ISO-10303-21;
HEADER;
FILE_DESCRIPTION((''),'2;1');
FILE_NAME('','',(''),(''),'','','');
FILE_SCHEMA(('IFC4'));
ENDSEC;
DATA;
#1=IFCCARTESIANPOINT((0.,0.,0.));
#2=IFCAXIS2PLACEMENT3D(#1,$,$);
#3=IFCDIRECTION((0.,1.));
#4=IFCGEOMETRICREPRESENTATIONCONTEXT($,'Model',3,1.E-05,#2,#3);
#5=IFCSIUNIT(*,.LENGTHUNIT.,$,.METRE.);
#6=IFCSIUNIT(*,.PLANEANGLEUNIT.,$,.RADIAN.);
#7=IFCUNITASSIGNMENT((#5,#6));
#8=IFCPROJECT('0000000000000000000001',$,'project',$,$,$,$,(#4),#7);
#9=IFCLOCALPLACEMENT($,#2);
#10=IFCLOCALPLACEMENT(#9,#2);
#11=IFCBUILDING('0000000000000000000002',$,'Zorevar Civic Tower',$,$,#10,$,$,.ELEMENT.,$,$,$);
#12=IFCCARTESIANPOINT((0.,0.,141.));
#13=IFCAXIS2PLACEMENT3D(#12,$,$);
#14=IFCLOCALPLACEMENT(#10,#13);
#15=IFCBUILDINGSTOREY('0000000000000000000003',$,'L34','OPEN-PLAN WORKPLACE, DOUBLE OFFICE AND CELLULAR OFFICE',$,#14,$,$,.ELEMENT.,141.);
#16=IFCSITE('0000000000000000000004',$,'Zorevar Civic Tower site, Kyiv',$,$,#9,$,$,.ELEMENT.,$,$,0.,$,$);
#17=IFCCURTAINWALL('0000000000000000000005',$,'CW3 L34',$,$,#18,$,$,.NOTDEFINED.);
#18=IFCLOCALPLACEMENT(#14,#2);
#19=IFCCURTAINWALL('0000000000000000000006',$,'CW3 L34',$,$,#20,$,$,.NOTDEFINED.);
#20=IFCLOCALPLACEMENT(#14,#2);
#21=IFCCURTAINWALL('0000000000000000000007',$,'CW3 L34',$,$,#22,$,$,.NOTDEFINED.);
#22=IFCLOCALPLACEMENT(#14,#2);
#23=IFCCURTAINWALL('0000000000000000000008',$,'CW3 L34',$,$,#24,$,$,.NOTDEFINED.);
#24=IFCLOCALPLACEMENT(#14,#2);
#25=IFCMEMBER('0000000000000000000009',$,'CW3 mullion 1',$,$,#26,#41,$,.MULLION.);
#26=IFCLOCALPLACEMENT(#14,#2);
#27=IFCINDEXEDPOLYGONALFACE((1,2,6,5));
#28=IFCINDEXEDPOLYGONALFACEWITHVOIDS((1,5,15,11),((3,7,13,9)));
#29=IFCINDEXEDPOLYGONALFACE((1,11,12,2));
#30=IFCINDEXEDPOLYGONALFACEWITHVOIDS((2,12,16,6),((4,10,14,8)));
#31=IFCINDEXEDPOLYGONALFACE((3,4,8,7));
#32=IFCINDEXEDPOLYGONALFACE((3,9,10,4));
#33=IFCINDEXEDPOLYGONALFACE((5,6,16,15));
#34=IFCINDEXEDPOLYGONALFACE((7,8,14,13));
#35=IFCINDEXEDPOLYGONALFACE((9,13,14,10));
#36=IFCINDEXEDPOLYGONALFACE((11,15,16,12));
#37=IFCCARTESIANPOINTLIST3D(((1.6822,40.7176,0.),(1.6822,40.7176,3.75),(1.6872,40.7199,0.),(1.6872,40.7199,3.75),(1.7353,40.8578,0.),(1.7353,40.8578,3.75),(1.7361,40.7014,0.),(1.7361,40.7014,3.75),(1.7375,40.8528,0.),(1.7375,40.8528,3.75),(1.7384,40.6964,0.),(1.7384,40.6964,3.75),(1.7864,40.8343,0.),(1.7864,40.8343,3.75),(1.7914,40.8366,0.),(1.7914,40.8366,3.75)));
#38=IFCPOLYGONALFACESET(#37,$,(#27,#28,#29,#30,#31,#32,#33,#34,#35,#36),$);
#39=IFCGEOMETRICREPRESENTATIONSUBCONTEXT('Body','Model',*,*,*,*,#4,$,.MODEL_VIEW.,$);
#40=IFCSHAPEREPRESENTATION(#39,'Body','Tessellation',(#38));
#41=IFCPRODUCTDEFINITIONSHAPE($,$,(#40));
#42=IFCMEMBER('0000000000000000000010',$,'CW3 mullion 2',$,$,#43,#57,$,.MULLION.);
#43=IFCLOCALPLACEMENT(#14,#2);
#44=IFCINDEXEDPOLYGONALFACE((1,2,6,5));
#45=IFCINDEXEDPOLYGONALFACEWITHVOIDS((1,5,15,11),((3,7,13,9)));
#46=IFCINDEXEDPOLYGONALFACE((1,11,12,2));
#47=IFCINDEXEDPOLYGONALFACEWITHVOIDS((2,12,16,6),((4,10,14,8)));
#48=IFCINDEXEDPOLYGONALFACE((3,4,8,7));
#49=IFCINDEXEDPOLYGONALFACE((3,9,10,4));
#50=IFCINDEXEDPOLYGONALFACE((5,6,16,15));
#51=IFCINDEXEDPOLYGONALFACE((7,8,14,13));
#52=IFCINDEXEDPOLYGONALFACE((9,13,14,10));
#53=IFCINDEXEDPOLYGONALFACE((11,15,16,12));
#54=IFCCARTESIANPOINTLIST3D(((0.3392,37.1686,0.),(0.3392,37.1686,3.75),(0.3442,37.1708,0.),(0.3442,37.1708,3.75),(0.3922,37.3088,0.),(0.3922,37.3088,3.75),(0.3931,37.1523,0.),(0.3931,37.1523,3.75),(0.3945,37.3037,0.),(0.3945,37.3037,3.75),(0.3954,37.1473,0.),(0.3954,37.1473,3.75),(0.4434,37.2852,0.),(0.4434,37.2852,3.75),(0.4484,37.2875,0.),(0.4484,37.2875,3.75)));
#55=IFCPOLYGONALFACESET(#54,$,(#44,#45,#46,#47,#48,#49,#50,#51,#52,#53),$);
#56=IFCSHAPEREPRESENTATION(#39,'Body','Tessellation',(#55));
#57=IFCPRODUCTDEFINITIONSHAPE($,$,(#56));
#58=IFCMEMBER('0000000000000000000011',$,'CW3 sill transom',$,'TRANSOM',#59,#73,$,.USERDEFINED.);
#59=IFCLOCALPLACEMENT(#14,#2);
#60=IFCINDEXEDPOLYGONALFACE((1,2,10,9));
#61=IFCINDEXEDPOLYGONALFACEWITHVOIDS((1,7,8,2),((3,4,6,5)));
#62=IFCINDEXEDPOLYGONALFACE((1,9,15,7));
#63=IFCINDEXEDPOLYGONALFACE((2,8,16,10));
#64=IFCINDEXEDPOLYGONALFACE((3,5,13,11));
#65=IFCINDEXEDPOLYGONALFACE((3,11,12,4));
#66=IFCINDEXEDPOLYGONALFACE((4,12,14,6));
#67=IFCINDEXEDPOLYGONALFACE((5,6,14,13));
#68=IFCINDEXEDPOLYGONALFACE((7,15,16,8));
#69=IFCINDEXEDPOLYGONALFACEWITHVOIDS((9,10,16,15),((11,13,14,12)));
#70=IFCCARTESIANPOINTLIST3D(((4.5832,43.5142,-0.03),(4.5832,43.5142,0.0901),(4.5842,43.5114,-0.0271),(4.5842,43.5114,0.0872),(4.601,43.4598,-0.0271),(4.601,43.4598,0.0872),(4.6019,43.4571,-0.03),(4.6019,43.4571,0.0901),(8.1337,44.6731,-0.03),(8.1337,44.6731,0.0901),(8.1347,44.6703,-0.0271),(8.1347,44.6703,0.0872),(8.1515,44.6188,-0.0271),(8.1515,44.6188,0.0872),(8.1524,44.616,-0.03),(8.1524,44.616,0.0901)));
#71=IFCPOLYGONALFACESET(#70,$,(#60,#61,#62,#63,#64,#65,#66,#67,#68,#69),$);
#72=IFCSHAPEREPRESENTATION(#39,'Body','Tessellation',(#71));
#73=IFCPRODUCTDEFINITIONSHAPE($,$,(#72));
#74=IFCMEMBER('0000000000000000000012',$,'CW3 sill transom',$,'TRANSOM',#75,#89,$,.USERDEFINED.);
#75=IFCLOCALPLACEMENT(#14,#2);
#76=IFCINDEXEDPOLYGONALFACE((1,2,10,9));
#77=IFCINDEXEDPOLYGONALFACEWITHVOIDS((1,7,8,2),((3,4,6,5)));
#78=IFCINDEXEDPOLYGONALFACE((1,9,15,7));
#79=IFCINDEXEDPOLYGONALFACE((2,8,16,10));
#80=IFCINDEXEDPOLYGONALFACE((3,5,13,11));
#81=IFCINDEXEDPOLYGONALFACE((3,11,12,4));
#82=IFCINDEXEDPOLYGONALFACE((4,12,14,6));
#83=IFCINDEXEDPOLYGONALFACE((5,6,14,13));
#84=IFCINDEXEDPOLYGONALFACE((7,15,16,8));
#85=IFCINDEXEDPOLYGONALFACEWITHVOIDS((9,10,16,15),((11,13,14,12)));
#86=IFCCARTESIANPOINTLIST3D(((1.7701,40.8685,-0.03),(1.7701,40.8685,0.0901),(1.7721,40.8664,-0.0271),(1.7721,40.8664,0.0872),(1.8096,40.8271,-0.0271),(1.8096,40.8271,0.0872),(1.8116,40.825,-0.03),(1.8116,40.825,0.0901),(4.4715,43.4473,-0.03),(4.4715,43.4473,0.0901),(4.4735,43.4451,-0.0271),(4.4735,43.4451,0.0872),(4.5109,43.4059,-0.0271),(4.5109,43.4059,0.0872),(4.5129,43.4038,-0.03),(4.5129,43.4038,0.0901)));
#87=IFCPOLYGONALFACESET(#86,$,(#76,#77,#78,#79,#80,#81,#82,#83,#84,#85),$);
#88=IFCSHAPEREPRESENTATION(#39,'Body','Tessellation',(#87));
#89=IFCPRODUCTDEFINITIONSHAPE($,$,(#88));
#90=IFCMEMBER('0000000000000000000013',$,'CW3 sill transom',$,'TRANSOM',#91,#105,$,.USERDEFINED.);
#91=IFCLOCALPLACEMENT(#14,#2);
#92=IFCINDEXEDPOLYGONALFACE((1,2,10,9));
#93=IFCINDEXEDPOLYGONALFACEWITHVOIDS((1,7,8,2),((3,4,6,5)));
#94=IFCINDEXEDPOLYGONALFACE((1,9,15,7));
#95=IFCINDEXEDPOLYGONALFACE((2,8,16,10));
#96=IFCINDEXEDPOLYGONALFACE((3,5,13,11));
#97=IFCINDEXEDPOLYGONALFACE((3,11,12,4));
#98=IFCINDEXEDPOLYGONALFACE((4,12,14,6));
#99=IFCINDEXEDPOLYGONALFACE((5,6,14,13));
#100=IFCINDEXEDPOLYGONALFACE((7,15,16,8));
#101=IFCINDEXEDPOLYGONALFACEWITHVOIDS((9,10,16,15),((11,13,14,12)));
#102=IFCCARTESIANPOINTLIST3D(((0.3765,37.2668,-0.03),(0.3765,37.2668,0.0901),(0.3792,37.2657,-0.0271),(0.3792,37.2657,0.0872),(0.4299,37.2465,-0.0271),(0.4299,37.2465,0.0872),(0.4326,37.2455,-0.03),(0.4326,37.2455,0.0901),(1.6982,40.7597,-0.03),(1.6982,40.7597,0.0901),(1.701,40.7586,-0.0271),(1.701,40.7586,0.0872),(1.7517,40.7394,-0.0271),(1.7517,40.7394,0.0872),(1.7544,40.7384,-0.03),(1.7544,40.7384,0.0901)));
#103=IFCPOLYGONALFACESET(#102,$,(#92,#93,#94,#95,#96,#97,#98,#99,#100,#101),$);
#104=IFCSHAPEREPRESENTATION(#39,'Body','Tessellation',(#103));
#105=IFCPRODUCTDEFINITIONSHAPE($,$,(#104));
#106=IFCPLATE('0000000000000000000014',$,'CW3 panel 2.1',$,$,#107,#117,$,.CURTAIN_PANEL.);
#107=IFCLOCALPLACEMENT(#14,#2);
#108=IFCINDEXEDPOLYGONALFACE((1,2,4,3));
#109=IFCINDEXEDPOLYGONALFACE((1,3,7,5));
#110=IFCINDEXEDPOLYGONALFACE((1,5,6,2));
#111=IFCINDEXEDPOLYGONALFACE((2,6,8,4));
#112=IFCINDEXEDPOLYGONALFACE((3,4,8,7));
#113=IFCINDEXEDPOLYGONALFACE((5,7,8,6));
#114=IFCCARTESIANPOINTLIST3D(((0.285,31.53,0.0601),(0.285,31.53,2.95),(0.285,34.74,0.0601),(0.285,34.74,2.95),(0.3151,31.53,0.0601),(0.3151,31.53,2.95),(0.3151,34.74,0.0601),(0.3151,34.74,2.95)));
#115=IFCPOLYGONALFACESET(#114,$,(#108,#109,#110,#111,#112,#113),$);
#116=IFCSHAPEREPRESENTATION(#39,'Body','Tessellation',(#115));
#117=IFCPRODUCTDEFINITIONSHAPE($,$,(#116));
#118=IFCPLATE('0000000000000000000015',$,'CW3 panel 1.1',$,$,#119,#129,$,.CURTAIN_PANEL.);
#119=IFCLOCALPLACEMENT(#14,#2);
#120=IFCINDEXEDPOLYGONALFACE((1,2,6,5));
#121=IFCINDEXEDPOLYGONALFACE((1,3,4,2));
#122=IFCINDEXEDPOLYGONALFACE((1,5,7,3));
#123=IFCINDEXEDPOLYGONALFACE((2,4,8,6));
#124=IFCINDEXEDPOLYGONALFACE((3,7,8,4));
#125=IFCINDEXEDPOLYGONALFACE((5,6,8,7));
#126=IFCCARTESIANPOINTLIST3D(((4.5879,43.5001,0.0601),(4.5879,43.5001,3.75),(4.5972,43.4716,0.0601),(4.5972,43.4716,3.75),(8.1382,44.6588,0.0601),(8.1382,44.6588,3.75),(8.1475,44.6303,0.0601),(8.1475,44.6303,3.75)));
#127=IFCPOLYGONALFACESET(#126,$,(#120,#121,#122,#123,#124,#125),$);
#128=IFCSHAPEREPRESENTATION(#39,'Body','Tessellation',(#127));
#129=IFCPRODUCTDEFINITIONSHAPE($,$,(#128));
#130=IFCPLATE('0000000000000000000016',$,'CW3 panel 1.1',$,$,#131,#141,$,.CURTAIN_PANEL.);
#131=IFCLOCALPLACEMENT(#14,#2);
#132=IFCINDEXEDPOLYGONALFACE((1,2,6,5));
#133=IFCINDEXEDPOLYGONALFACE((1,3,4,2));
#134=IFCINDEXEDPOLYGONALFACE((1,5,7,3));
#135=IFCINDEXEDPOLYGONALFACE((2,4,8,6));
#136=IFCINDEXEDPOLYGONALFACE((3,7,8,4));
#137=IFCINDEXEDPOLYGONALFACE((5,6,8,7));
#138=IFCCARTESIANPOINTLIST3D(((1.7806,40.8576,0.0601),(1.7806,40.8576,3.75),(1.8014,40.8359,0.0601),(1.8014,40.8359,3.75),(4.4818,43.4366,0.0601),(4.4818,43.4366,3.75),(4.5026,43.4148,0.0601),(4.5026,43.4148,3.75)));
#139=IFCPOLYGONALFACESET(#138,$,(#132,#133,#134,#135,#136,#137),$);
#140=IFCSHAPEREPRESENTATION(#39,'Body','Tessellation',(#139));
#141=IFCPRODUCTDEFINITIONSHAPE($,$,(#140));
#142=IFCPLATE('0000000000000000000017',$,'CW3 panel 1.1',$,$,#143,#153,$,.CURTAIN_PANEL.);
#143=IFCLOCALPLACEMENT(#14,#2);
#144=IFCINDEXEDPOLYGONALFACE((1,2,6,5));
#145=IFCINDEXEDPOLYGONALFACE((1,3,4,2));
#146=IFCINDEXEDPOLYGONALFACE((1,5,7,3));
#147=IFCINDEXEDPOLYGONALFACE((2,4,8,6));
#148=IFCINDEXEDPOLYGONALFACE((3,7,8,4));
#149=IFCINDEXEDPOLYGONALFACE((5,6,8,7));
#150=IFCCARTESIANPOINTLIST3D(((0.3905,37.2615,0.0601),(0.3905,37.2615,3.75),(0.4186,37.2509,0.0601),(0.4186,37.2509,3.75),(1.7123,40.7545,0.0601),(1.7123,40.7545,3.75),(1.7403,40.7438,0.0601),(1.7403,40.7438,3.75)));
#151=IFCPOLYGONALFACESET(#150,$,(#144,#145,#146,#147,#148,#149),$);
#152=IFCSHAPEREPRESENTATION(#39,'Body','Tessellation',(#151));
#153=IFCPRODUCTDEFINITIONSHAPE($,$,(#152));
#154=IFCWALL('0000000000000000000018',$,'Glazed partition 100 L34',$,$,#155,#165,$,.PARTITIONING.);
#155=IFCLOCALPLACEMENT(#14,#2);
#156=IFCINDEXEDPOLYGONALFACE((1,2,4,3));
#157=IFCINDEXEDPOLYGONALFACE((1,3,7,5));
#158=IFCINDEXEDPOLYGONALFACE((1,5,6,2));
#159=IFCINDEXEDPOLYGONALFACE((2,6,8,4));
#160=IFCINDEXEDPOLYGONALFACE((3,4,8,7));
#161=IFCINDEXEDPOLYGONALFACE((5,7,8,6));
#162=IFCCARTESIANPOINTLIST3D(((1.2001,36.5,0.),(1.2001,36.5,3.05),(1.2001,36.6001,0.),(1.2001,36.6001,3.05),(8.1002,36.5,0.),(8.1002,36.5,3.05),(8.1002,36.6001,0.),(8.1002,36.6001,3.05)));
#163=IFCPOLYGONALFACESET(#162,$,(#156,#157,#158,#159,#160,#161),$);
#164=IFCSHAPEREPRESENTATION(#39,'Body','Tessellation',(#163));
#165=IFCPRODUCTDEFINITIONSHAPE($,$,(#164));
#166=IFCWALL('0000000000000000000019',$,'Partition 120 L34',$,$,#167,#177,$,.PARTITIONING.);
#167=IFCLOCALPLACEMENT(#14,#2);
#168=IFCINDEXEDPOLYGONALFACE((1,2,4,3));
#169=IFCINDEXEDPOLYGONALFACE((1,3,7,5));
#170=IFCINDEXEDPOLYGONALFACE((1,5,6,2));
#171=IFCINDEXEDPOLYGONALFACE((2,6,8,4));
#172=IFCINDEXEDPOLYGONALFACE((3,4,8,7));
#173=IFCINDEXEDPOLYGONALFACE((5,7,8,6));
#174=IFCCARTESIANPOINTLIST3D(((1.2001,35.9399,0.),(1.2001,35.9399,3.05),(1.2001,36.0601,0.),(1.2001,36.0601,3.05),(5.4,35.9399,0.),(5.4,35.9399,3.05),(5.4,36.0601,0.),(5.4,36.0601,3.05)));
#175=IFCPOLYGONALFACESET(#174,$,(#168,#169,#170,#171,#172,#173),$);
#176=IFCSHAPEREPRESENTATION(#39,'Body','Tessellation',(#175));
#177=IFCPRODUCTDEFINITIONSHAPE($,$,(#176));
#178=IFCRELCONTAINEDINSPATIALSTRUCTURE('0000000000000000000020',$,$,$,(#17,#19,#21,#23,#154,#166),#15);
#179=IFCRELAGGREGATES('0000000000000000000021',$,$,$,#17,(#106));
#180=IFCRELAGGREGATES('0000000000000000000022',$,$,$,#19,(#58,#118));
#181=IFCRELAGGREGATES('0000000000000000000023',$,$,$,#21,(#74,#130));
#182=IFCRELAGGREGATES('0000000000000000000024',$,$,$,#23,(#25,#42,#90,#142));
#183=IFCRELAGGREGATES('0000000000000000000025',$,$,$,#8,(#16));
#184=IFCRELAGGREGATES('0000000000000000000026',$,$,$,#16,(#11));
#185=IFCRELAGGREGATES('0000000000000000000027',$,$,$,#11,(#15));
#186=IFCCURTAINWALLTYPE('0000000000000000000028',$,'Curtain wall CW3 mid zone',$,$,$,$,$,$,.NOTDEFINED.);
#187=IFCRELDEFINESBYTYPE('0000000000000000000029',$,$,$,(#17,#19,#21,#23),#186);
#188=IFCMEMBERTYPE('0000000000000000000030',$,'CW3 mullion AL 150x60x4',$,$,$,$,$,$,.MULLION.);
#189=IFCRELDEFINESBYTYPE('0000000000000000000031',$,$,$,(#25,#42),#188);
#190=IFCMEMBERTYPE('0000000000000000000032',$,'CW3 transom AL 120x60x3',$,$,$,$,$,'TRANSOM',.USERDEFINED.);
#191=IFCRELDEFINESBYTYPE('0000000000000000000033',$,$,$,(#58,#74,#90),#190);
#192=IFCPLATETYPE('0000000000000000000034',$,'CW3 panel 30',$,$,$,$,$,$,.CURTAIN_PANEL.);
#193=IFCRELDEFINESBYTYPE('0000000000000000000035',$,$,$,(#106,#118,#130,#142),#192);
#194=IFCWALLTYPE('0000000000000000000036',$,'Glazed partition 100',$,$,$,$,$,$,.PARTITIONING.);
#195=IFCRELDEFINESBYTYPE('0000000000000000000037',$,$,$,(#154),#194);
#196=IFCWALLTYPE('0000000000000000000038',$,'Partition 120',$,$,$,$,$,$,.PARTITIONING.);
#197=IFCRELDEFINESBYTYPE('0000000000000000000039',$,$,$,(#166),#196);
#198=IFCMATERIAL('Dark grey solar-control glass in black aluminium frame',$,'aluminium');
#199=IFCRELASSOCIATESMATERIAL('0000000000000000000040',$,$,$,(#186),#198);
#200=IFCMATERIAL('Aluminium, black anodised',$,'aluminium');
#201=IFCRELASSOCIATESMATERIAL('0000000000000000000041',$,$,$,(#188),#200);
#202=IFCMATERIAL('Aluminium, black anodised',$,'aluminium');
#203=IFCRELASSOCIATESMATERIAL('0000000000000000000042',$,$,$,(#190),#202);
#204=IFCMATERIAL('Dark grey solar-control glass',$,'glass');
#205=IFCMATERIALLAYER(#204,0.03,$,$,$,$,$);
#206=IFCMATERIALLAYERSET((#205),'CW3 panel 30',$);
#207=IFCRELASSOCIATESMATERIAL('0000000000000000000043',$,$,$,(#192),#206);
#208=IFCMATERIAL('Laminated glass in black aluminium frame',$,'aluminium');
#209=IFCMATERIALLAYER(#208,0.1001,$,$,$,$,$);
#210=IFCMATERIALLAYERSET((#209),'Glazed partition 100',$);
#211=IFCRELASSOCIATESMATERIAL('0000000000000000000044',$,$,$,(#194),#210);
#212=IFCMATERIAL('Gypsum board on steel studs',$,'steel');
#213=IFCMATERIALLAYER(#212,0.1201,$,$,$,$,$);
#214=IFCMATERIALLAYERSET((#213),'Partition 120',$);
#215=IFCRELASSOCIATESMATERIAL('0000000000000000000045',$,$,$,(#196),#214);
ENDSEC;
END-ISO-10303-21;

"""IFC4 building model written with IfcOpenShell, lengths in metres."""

from ifc_helpers import new_model, si_unit, direction, frame, frame_2d, origin, origin_2d, place, context, subcontext, project, spatial, rectangle, hollow_rectangle, extrude, material, layer, layer_set, material_profile, profile_set, type_object, element, aggregate, save


model = new_model("IFC4")

# Units and contexts
model_context = context("Model", 3, precision=1e-05, world=origin(), true_north=direction((0.0, 1.0)))
body_context = subcontext(model_context, "Body", "Model", "MODEL_VIEW")
ifc_project = project(units=[si_unit("LENGTHUNIT", "METRE"), si_unit("PLANEANGLEUNIT", "RADIAN")], contexts=[model_context])

# Site, building, storey
site_placement = place(None, origin())
site = spatial("IfcSite", under=ifc_project, at=site_placement, Name="Zorevar Civic Tower site, Kyiv", CompositionType="ELEMENT", RefElevation=0.0)
building_placement = place(site_placement, origin())
building = spatial("IfcBuilding", under=site, at=building_placement, Name="Zorevar Civic Tower", CompositionType="ELEMENT")
storey_placement = place(building_placement, frame((0.0, 0.0, 141.0)))
storey = spatial("IfcBuildingStorey", under=building, at=storey_placement, Name="L34", Description="OPEN-PLAN WORKPLACE, DOUBLE OFFICE AND CELLULAR OFFICE", CompositionType="ELEMENT", Elevation=141.0)

# Curtain wall
ifc_material_1 = material(Name="Dark grey solar-control glass in black aluminium frame", Category="aluminium")
curtain_wall_type = type_object("IfcCurtainWallType", Name="Curtain wall CW3 mid zone", PredefinedType="NOTDEFINED", material=ifc_material_1)
curtain_wall_1_placement = place(storey_placement, origin())
curtain_wall_1 = element("IfcCurtainWall", 1, at=curtain_wall_1_placement, inside=storey, type_object=curtain_wall_type, Name="CW3 L34", PredefinedType="NOTDEFINED")
ifc_material_2 = material(Name="Aluminium, black anodised", Category="aluminium")
ifc_material_profile_1 = material_profile(ifc_material_2, hollow_rectangle(XDim=0.0601, YDim=0.1499, WallThickness=0.0039, at=origin_2d()), Name="AL 150x60x4")
ifc_profile_set_1 = profile_set([ifc_material_profile_1], Name="Aluminium, black anodised")
member_type_1 = type_object("IfcMemberType", Name="CW3 mullion AL 150x60x4", PredefinedType="MULLION", material=ifc_profile_set_1)

# Curtain walls, members
curtain_wall_2_placement = place(storey_placement, origin())
curtain_wall_2 = element("IfcCurtainWall", 2, at=curtain_wall_2_placement, inside=storey, type_object=curtain_wall_type, Name="CW3 L34", PredefinedType="NOTDEFINED")
curtain_wall_3_placement = place(storey_placement, origin())
curtain_wall_3 = element("IfcCurtainWall", 3, at=curtain_wall_3_placement, inside=storey, type_object=curtain_wall_type, Name="CW3 L34", PredefinedType="NOTDEFINED")
curtain_wall_4_placement = place(storey_placement, origin())
curtain_wall_4 = element("IfcCurtainWall", 4, at=curtain_wall_4_placement, inside=storey, type_object=curtain_wall_type, Name="CW3 L34", PredefinedType="NOTDEFINED")
member_1_placement = place(storey_placement, frame((1.7368, 40.7771, 0.0), z_axis=(0.0, 0.0, 1.0), x_axis=(0.935277, -0.353918, 0.0)))
member_1 = element("IfcMember", 5, at=member_1_placement, type_object=member_type_1, Name="CW3 mullion 1", PredefinedType="MULLION", context=body_context, shape_type="SweptSolid", body=[
    extrude(hollow_rectangle(XDim=0.0601, YDim=0.1499, WallThickness=0.0039, at=origin_2d()), origin(), (0.0, 0.0, 1.0), 3.75),
])
member_2_placement = place(storey_placement, frame((0.3938, 37.228, 0.0), z_axis=(0.0, 0.0, 1.0), x_axis=(0.935277, -0.353918, 0.0)))
member_2 = element("IfcMember", 6, at=member_2_placement, type_object=member_type_1, Name="CW3 mullion 2", PredefinedType="MULLION", context=body_context, shape_type="SweptSolid", body=[
    extrude(hollow_rectangle(XDim=0.0601, YDim=0.1499, WallThickness=0.0039, at=origin_2d()), origin(), (0.0, 0.0, 1.0), 3.75),
])

# Members
ifc_material_3 = material(Name="Aluminium, black anodised", Category="aluminium")
ifc_material_profile_2 = material_profile(ifc_material_3, hollow_rectangle(XDim=0.0601, YDim=0.1201, WallThickness=0.0029, at=origin_2d()), Name="AL 120x60x3")
ifc_profile_set_2 = profile_set([ifc_material_profile_2], Name="Aluminium, black anodised")
member_type_2 = type_object("IfcMemberType", Name="CW3 transom AL 120x60x3", ElementType="TRANSOM", PredefinedType="USERDEFINED", material=ifc_profile_set_2)
member_3_placement = place(storey_placement, frame((8.1431, 44.6445, 0.03), z_axis=(-0.950639, -0.310299, 0.0), x_axis=(0.310299, -0.950639, 0.0)))
member_3 = element("IfcMember", 7, at=member_3_placement, type_object=member_type_2, Name="CW3 sill transom", ObjectType="TRANSOM", PredefinedType="USERDEFINED", context=body_context, shape_type="SweptSolid", body=[
    extrude(hollow_rectangle(XDim=0.0601, YDim=0.1201, WallThickness=0.0029, at=origin_2d()), origin(), (0.0, 0.0, 1.0), 3.7349),
])
member_4_placement = place(storey_placement, frame((4.4922, 43.4255, 0.03), z_axis=(-0.723324, -0.690508, 0.0), x_axis=(0.690508, -0.723324, 0.0)))
member_4 = element("IfcMember", 8, at=member_4_placement, type_object=member_type_2, Name="CW3 sill transom", ObjectType="TRANSOM", PredefinedType="USERDEFINED", context=body_context, shape_type="SweptSolid", body=[
    extrude(hollow_rectangle(XDim=0.0601, YDim=0.1201, WallThickness=0.0029, at=origin_2d()), origin(), (0.0, 0.0, 1.0), 3.7346),
])
member_5_placement = place(storey_placement, frame((1.7263, 40.749, 0.03), z_axis=(-0.353923, -0.935275, 0.0), x_axis=(0.935275, -0.353923, 0.0)))
member_5 = element("IfcMember", 9, at=member_5_placement, type_object=member_type_2, Name="CW3 sill transom", ObjectType="TRANSOM", PredefinedType="USERDEFINED", context=body_context, shape_type="SweptSolid", body=[
    extrude(hollow_rectangle(XDim=0.0601, YDim=0.1201, WallThickness=0.0029, at=origin_2d()), origin(), (0.0, 0.0, 1.0), 3.7346),
])

# Plates
ifc_material_4 = material(Name="Dark grey solar-control glass", Category="glass")
ifc_layer_1 = layer(ifc_material_4, 0.03)
ifc_layer_set_1 = layer_set([ifc_layer_1], Name="CW3 panel 30")
plate_type = type_object("IfcPlateType", Name="CW3 panel 30", PredefinedType="CURTAIN_PANEL", material=ifc_layer_set_1)
plate_1_placement = place(storey_placement, frame((0.3, 33.135, 0.0601), z_axis=(0.0, 0.0, 1.0), x_axis=(0.0, 1.0, 0.0)))
plate_1 = element("IfcPlate", 10, at=plate_1_placement, type_object=plate_type, Name="CW3 panel 2.1", PredefinedType="CURTAIN_PANEL", context=body_context, shape_type="SweptSolid", body=[
    extrude(rectangle(XDim=3.21, YDim=0.03, at=origin_2d()), origin(), (0.0, 0.0, 1.0), 2.8899),
])
aggregate(curtain_wall_1, [plate_1])
plate_2_placement = place(storey_placement, frame((6.3677, 44.0652, 0.0601), z_axis=(0.0, 0.0, 1.0), x_axis=(-0.950651, -0.310263, 0.0)))
plate_2 = element("IfcPlate", 11, at=plate_2_placement, type_object=plate_type, Name="CW3 panel 1.1", PredefinedType="CURTAIN_PANEL", context=body_context, shape_type="SweptSolid", body=[
    extrude(rectangle(XDim=3.7346, YDim=0.03, at=origin_2d()), origin(), (0.0, 0.0, 1.0), 3.6899),
])
aggregate(curtain_wall_2, [member_3, plate_2])
plate_3_placement = place(storey_placement, frame((3.1416, 42.1362, 0.0601), z_axis=(0.0, 0.0, 1.0), x_axis=(-0.723289, -0.690545, 0.0)))
plate_3 = element("IfcPlate", 12, at=plate_3_placement, type_object=plate_type, Name="CW3 panel 1.1", PredefinedType="CURTAIN_PANEL", context=body_context, shape_type="SweptSolid", body=[
    extrude(rectangle(XDim=3.7346, YDim=0.03, at=origin_2d()), origin(), (0.0, 0.0, 1.0), 3.6899),
])
aggregate(curtain_wall_3, [member_4, plate_3])
plate_4_placement = place(storey_placement, frame((1.0654, 39.0027, 0.0601), z_axis=(0.0, 0.0, 1.0), x_axis=(-0.353918, -0.935277, 0.0)))
plate_4 = element("IfcPlate", 13, at=plate_4_placement, type_object=plate_type, Name="CW3 panel 1.1", PredefinedType="CURTAIN_PANEL", context=body_context, shape_type="SweptSolid", body=[
    extrude(rectangle(XDim=3.7346, YDim=0.03, at=origin_2d()), origin(), (0.0, 0.0, 1.0), 3.6899),
])
aggregate(curtain_wall_4, [member_1, member_2, member_5, plate_4])

# Walls
ifc_material_5 = material(Name="Laminated glass in black aluminium frame", Category="aluminium")
ifc_layer_2 = layer(ifc_material_5, 0.1001)
ifc_layer_set_2 = layer_set([ifc_layer_2], Name="Glazed partition 100")
wall_type_1 = type_object("IfcWallType", Name="Glazed partition 100", PredefinedType="PARTITIONING", material=ifc_layer_set_2)
wall_1_placement = place(storey_placement, frame((1.2, 36.55, 0.0), z_axis=(0.0, 0.0, 1.0), x_axis=(1.0, 0.0, 0.0)))
element("IfcWall", 14, at=wall_1_placement, inside=storey, type_object=wall_type_1, Name="Glazed partition 100 L34", PredefinedType="PARTITIONING", context=body_context, shape_type="SweptSolid", body=[
    extrude(rectangle(XDim=6.9001, YDim=0.1001, at=frame_2d((3.4502, 0.0))), origin(), (0.0, 0.0, 1.0), 3.05),
])
ifc_material_6 = material(Name="Gypsum board on steel studs", Category="steel")
ifc_layer_3 = layer(ifc_material_6, 0.1201)
ifc_layer_set_3 = layer_set([ifc_layer_3], Name="Partition 120")
wall_type_2 = type_object("IfcWallType", Name="Partition 120", PredefinedType="PARTITIONING", material=ifc_layer_set_3)
wall_2_placement = place(storey_placement, frame((1.2, 36.0, 0.0), z_axis=(0.0, 0.0, 1.0), x_axis=(1.0, 0.0, 0.0)))
element("IfcWall", 15, at=wall_2_placement, inside=storey, type_object=wall_type_2, Name="Partition 120 L34", PredefinedType="PARTITIONING", context=body_context, shape_type="SweptSolid", body=[
    extrude(rectangle(XDim=4.2, YDim=0.1201, at=frame_2d((2.1001, 0.0))), origin(), (0.0, 0.0, 1.0), 3.05),
])

save(model, "model.ifc")
